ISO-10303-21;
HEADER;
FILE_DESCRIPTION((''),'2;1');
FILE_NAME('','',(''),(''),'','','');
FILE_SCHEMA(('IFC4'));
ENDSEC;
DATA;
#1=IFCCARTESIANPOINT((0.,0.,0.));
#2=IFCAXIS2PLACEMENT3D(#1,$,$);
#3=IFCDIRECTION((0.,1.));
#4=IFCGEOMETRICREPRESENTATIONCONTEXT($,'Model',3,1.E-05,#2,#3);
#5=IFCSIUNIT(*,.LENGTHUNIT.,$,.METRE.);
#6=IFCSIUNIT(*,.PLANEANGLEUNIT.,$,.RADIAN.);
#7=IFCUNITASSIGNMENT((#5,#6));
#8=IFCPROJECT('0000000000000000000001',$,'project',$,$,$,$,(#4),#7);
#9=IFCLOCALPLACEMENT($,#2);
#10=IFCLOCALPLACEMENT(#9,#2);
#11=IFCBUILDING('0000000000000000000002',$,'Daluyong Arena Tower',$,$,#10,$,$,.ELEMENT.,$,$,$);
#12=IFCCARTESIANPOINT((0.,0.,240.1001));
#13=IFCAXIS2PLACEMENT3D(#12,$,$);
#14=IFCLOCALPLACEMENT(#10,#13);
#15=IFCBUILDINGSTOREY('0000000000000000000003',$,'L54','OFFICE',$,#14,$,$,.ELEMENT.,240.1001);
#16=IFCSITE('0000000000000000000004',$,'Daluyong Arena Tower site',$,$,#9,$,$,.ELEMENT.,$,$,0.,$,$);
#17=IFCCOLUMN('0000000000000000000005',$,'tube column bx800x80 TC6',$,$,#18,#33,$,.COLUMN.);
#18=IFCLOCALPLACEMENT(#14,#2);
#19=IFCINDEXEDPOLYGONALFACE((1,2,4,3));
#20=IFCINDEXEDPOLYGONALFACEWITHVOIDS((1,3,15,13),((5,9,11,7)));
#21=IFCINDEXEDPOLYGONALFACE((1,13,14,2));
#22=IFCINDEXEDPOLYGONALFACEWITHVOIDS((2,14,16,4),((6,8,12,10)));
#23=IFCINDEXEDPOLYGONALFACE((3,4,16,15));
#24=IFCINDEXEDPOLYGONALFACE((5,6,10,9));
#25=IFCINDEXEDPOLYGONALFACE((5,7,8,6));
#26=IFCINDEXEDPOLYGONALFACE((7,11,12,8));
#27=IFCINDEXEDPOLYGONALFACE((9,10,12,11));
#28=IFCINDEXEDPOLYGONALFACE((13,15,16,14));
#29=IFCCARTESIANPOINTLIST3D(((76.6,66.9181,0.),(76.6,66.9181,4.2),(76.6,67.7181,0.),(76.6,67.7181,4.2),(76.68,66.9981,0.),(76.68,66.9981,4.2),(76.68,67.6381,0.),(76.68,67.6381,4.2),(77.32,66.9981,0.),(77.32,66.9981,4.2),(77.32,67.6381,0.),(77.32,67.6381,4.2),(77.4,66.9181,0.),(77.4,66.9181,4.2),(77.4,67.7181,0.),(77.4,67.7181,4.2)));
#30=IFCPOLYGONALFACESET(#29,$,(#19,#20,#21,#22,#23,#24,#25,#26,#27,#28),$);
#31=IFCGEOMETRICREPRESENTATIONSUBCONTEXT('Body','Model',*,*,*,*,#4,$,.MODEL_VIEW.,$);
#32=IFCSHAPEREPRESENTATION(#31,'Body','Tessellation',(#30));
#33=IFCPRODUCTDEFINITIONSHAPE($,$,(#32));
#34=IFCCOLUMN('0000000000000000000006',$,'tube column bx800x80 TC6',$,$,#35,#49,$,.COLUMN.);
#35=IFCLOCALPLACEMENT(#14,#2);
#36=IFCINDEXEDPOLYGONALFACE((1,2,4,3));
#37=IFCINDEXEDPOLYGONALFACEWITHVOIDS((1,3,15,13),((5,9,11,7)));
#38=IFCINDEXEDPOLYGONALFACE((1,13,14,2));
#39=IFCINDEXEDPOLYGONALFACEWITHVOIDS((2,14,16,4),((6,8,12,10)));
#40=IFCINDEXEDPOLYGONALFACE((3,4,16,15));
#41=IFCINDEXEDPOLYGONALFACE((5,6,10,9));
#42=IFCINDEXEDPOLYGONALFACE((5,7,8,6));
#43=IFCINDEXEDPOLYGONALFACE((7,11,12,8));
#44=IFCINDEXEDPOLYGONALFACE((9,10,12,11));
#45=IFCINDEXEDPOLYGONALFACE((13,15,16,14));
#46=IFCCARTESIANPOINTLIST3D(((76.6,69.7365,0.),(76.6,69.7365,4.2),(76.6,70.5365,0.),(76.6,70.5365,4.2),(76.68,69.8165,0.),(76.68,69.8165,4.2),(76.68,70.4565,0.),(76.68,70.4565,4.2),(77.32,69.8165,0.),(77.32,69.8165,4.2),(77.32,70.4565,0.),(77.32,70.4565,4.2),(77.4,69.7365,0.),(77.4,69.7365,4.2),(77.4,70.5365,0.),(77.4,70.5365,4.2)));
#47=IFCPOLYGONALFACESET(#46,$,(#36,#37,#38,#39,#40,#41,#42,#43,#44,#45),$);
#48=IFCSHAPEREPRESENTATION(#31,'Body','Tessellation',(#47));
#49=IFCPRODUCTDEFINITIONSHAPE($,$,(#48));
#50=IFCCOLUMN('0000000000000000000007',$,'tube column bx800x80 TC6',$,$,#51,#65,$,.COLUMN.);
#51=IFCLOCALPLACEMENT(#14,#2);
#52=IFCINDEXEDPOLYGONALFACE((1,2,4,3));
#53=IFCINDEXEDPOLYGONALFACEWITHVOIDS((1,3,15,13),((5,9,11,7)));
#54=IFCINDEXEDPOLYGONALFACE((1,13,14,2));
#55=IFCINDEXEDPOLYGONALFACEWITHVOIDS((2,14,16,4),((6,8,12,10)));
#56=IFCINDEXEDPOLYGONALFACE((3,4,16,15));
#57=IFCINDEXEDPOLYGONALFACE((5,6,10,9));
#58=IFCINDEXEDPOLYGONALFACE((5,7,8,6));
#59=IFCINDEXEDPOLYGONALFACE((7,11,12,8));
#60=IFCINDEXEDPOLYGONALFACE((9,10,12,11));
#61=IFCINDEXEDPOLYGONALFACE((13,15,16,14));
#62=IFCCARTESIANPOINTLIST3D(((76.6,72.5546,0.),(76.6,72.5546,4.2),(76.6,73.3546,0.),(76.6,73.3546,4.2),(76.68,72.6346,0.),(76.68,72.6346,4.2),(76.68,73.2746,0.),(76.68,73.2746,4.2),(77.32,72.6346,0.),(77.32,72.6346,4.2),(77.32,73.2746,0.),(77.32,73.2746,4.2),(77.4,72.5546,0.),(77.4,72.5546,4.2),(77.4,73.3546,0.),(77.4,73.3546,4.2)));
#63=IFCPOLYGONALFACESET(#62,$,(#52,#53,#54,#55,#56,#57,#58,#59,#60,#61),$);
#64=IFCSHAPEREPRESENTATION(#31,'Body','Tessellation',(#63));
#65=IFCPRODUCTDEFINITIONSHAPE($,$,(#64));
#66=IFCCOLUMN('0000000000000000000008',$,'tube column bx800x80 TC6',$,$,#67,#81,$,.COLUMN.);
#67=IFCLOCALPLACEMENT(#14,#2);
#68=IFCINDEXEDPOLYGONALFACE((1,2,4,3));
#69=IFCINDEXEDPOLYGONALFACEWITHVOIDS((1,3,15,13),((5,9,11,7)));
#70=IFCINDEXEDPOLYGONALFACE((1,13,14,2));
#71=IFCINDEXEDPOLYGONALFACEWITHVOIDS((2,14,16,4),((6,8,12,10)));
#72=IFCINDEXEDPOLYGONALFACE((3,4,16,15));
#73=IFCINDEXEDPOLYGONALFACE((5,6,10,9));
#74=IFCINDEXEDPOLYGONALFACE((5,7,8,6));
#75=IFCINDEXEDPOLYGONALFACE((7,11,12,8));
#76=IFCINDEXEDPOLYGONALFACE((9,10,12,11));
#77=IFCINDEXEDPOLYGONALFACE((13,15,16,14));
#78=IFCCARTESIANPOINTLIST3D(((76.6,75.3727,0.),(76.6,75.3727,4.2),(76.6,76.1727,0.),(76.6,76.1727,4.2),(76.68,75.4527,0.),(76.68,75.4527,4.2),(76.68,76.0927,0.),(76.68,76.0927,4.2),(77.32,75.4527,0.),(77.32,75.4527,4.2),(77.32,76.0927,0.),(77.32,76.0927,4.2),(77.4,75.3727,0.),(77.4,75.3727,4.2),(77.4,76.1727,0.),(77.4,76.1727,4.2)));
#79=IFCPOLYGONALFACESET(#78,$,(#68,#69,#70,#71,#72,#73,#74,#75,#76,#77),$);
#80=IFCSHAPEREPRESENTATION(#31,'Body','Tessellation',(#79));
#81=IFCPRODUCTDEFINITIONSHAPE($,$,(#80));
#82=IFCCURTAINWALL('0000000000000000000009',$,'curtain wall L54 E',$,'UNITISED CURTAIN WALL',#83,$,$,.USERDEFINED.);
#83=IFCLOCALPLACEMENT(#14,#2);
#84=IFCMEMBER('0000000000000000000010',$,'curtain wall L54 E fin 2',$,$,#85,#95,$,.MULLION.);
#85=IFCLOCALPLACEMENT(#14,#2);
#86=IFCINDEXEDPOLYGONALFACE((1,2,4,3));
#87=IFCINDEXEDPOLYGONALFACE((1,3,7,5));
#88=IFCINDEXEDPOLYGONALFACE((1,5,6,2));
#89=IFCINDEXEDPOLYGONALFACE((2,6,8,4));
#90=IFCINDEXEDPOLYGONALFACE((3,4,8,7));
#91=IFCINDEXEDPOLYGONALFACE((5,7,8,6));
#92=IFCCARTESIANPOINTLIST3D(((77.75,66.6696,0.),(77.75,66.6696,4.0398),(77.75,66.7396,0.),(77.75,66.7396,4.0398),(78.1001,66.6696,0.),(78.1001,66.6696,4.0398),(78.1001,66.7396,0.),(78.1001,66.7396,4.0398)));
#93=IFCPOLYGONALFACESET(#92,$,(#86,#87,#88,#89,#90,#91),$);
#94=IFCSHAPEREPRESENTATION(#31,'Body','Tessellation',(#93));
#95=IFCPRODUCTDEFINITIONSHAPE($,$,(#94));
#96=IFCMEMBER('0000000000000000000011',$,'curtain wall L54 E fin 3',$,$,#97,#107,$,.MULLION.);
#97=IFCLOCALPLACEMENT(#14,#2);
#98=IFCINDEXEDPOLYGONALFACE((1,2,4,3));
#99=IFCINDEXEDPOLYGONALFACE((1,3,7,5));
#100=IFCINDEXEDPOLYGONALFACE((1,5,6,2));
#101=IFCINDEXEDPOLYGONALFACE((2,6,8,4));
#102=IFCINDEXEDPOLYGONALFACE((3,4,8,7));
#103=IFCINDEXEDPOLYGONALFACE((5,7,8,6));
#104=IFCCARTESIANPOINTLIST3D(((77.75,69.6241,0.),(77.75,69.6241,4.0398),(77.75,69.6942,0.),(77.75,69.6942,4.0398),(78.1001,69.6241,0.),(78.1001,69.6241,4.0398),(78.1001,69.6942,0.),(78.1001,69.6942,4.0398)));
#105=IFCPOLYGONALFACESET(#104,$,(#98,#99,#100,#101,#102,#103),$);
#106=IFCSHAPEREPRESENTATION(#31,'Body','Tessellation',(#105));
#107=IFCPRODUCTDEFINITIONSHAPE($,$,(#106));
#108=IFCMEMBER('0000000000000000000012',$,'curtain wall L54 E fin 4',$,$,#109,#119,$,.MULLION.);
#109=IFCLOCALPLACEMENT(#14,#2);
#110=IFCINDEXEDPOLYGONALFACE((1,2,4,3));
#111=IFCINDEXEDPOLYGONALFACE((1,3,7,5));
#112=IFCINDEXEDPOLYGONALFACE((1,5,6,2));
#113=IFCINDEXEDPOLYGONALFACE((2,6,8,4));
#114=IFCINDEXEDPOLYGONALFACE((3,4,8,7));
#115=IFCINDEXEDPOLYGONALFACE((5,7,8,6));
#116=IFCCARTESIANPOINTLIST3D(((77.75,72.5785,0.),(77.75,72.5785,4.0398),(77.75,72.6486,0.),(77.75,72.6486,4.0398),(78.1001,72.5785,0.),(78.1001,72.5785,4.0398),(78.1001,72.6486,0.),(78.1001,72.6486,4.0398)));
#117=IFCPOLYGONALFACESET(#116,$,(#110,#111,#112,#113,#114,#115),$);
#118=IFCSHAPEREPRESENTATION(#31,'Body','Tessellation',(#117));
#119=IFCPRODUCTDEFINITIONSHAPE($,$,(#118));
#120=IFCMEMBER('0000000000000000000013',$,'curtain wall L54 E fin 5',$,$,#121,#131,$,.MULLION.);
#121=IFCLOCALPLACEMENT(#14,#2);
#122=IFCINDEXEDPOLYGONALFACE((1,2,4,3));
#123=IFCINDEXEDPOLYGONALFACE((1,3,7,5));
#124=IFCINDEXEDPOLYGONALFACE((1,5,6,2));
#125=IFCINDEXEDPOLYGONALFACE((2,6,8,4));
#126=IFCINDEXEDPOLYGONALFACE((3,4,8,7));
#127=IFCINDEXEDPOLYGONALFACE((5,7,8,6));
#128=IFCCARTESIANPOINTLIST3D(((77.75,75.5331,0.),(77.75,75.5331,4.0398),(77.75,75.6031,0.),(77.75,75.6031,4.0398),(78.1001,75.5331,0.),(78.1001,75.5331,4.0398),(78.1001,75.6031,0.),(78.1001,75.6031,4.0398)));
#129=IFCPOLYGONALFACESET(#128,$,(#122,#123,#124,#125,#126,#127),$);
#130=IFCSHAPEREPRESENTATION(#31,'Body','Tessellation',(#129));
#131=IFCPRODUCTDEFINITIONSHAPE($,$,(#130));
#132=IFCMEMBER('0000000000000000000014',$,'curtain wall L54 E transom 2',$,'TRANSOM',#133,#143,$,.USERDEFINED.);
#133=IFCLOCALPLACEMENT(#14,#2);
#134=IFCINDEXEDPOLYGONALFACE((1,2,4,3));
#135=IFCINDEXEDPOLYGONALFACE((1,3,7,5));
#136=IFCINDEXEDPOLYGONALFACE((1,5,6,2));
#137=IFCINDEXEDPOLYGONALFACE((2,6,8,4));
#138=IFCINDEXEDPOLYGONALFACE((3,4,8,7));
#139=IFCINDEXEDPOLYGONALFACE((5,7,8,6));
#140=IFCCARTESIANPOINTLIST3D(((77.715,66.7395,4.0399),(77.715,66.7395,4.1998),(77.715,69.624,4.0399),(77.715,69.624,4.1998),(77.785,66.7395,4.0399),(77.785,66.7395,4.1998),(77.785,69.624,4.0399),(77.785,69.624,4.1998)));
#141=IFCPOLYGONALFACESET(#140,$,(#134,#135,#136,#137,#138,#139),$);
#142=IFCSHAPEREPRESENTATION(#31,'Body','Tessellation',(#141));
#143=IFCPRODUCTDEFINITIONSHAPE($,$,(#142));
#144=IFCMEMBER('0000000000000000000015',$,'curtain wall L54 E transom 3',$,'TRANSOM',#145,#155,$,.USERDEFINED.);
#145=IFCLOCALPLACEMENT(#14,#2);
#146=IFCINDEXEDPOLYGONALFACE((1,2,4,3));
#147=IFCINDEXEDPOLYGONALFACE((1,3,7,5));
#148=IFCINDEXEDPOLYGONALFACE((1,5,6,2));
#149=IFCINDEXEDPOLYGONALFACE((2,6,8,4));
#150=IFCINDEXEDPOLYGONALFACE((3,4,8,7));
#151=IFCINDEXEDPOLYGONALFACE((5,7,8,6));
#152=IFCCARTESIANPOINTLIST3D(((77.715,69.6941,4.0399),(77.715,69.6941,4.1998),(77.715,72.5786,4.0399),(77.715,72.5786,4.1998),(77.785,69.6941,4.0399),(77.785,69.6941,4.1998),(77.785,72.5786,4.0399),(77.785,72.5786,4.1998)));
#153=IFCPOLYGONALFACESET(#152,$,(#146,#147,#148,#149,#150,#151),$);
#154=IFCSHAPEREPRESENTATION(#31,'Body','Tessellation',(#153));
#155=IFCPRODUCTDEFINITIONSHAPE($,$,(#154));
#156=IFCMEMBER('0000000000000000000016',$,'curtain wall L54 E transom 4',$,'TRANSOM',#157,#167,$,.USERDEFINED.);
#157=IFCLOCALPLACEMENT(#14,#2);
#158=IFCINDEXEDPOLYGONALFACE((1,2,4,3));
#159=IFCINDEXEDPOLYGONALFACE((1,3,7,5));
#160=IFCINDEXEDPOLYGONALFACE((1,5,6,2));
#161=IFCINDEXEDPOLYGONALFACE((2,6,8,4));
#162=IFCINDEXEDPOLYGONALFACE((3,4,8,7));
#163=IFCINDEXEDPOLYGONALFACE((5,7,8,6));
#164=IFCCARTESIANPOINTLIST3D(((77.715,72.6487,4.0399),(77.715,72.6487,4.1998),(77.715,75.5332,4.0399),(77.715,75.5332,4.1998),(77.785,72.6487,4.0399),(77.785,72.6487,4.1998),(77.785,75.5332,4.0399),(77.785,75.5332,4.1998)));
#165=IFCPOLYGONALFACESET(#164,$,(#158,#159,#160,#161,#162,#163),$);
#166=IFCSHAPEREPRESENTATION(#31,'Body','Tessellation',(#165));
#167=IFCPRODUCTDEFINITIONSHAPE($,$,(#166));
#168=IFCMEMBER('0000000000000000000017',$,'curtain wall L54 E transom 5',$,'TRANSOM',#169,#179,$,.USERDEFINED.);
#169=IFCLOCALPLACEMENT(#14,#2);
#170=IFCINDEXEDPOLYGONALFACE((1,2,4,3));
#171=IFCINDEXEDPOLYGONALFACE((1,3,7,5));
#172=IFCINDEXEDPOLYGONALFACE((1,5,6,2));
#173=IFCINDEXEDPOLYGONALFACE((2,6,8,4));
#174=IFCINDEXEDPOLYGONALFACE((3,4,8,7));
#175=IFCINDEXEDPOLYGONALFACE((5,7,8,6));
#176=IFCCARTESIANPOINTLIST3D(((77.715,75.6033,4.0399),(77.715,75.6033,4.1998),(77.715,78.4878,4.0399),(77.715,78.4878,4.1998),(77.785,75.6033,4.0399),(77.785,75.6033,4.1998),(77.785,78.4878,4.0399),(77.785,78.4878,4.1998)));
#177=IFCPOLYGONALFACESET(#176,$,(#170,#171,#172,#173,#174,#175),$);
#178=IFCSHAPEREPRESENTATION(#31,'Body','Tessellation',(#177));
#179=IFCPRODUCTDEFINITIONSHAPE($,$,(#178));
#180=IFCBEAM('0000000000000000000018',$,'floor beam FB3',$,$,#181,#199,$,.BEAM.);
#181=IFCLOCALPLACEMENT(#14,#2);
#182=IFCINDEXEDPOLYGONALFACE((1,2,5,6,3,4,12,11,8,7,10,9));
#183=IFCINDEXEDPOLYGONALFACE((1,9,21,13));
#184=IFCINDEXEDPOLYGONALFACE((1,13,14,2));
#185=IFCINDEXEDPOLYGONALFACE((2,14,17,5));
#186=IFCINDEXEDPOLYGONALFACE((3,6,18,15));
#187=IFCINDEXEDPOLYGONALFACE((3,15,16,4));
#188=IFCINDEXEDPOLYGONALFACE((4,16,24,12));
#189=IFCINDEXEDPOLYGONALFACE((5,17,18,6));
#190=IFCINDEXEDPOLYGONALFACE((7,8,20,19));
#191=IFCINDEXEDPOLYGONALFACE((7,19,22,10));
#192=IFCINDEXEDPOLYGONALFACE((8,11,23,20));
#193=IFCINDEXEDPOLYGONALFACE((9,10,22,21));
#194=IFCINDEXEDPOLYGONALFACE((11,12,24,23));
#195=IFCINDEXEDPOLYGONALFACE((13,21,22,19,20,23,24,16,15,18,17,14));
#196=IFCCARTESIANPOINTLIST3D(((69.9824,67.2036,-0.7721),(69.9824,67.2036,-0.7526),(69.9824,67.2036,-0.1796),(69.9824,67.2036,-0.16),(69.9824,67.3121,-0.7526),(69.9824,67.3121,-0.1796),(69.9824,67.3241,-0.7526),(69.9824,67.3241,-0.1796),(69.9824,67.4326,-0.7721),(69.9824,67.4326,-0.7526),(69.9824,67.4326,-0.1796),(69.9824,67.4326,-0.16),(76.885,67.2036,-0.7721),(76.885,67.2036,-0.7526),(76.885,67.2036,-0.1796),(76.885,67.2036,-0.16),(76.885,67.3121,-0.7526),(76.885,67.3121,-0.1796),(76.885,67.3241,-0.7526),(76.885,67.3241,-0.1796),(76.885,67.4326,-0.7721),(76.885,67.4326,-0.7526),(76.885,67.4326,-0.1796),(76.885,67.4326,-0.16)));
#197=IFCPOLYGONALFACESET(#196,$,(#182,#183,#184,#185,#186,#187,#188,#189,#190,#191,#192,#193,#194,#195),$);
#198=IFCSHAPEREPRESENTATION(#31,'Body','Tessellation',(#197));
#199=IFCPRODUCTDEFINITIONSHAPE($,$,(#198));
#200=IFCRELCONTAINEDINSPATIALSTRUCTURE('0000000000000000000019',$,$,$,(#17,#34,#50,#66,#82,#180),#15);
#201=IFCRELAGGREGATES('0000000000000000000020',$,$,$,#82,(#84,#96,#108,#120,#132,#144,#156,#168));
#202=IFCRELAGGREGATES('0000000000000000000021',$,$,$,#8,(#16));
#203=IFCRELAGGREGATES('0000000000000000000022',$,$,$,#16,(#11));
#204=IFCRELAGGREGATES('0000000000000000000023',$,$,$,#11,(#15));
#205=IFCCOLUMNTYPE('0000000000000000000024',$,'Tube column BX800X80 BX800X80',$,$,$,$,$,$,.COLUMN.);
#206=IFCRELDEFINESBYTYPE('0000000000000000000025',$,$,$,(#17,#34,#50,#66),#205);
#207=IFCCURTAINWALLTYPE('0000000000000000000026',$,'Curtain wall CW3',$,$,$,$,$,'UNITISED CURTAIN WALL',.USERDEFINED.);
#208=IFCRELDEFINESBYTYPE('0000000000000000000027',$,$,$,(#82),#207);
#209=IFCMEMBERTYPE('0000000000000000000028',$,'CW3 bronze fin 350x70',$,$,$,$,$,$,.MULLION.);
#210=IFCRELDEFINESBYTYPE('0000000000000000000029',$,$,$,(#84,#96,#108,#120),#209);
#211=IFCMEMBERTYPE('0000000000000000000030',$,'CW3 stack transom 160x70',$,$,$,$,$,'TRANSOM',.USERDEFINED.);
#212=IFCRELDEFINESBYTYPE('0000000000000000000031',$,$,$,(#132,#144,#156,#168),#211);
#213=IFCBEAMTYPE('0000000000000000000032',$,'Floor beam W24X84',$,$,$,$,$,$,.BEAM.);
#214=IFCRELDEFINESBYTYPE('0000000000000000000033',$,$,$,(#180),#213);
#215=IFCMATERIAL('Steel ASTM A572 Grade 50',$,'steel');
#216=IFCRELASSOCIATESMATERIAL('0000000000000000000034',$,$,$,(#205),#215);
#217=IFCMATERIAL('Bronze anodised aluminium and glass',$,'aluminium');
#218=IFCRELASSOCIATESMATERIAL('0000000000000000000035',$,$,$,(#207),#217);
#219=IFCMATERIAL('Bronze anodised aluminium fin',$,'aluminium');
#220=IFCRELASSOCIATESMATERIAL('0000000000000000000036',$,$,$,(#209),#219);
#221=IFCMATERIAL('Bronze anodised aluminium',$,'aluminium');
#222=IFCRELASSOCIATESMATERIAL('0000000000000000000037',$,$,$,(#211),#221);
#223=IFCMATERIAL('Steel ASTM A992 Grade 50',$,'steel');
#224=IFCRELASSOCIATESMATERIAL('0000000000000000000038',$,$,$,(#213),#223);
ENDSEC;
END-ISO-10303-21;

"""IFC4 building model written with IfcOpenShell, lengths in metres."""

from ifc_helpers import new_model, si_unit, direction, frame, origin, origin_2d, place, context, subcontext, project, spatial, rectangle, hollow_rectangle, i_section, extrude, material, material_profile, profile_set, type_object, element, aggregate, save


model = new_model("IFC4")

# Units and contexts
model_context = context("Model", 3, precision=1e-05, world=origin(), true_north=direction((0.0, 1.0)))
body_context = subcontext(model_context, "Body", "Model", "MODEL_VIEW")
ifc_project = project(units=[si_unit("LENGTHUNIT", "METRE"), si_unit("PLANEANGLEUNIT", "RADIAN")], contexts=[model_context])

# Site, building, storey
site_placement = place(None, origin())
site = spatial("IfcSite", under=ifc_project, at=site_placement, Name="Daluyong Arena Tower site", CompositionType="ELEMENT", RefElevation=0.0)
building_placement = place(site_placement, origin())
building = spatial("IfcBuilding", under=site, at=building_placement, Name="Daluyong Arena Tower", CompositionType="ELEMENT")
storey_placement = place(building_placement, frame((0.0, 0.0, 240.1001)))
storey = spatial("IfcBuildingStorey", under=building, at=storey_placement, Name="L54", Description="OFFICE", CompositionType="ELEMENT", Elevation=240.1001)

# Columns
ifc_material_1 = material(Name="Steel ASTM A572 Grade 50", Category="steel")
ifc_material_profile_1 = material_profile(ifc_material_1, hollow_rectangle(XDim=0.8, YDim=0.8, WallThickness=0.08, at=origin_2d()))
ifc_profile_set_1 = profile_set([ifc_material_profile_1], Name="Steel ASTM A572 Grade 50")
column_type = type_object("IfcColumnType", Name="Tube column BX800X80 BX800X80", PredefinedType="COLUMN", material=ifc_profile_set_1)
for number, where, z_axis, x_axis, name in (
    (1, (77.0, 67.3181, 0.0), (0.0, 0.0, 1.0), (0.0, 1.0, 0.0), "tube column bx800x80 TC6"),
    (2, (77.0, 70.1365, 0.0), (0.0, 0.0, 1.0), (0.0, 1.0, 0.0), "tube column bx800x80 TC6"),
    (3, (77.0, 72.9546, 0.0), (0.0, 0.0, 1.0), (0.0, 1.0, 0.0), "tube column bx800x80 TC6"),
    (4, (77.0, 75.7727, 0.0), (0.0, 0.0, 1.0), (0.0, 1.0, 0.0), "tube column bx800x80 TC6"),
):
    element("IfcColumn", number, at=place(storey_placement, frame(where, z_axis=z_axis, x_axis=x_axis)), inside=storey, type_object=column_type, Name=name, PredefinedType="COLUMN", context=body_context, shape_type="SweptSolid", body=[
        extrude(hollow_rectangle(XDim=0.8, YDim=0.8, WallThickness=0.08, at=origin_2d()), origin(), (0.0, 0.0, 1.0), 4.2),
    ])

# Curtain wall, members
ifc_material_2 = material(Name="Bronze anodised aluminium and glass", Category="aluminium")
curtain_wall_type = type_object("IfcCurtainWallType", Name="Curtain wall CW3", ElementType="UNITISED CURTAIN WALL", PredefinedType="USERDEFINED", material=ifc_material_2)
curtain_wall_placement = place(storey_placement, origin())
curtain_wall = element("IfcCurtainWall", 5, at=curtain_wall_placement, inside=storey, type_object=curtain_wall_type, Name="curtain wall L54 E", ObjectType="UNITISED CURTAIN WALL", PredefinedType="USERDEFINED")
ifc_material_3 = material(Name="Bronze anodised aluminium fin", Category="aluminium")
ifc_material_profile_2 = material_profile(ifc_material_3, rectangle(XDim=0.3501, YDim=0.0701, at=origin_2d()))
ifc_profile_set_2 = profile_set([ifc_material_profile_2], Name="Bronze anodised aluminium fin")
member_type_1 = type_object("IfcMemberType", Name="CW3 bronze fin 350x70", PredefinedType="MULLION", material=ifc_profile_set_2)
member_1_placement = place(storey_placement, frame((77.925, 66.7046, 0.0), z_axis=(0.0, 0.0, 1.0), x_axis=(-1.0, 0.0, 0.0)))
member_1 = element("IfcMember", 6, at=member_1_placement, type_object=member_type_1, Name="curtain wall L54 E fin 2", PredefinedType="MULLION", context=body_context, shape_type="SweptSolid", body=[
    extrude(rectangle(XDim=0.3501, YDim=0.0701, at=origin_2d()), origin(), (0.0, 0.0, 1.0), 4.0398),
])
member_2_placement = place(storey_placement, frame((77.925, 69.6592, 0.0), z_axis=(0.0, 0.0, 1.0), x_axis=(-1.0, 0.0, 0.0)))
member_2 = element("IfcMember", 7, at=member_2_placement, type_object=member_type_1, Name="curtain wall L54 E fin 3", PredefinedType="MULLION", context=body_context, shape_type="SweptSolid", body=[
    extrude(rectangle(XDim=0.3501, YDim=0.0701, at=origin_2d()), origin(), (0.0, 0.0, 1.0), 4.0398),
])
member_3_placement = place(storey_placement, frame((77.925, 72.6135, 0.0), z_axis=(0.0, 0.0, 1.0), x_axis=(-1.0, 0.0, 0.0)))
member_3 = element("IfcMember", 8, at=member_3_placement, type_object=member_type_1, Name="curtain wall L54 E fin 4", PredefinedType="MULLION", context=body_context, shape_type="SweptSolid", body=[
    extrude(rectangle(XDim=0.3501, YDim=0.0701, at=origin_2d()), origin(), (0.0, 0.0, 1.0), 4.0398),
])
member_4_placement = place(storey_placement, frame((77.925, 75.5681, 0.0), z_axis=(0.0, 0.0, 1.0), x_axis=(-1.0, 0.0, 0.0)))
member_4 = element("IfcMember", 9, at=member_4_placement, type_object=member_type_1, Name="curtain wall L54 E fin 5", PredefinedType="MULLION", context=body_context, shape_type="SweptSolid", body=[
    extrude(rectangle(XDim=0.3501, YDim=0.0701, at=origin_2d()), origin(), (0.0, 0.0, 1.0), 4.0398),
])
ifc_material_4 = material(Name="Bronze anodised aluminium", Category="aluminium")
ifc_material_profile_3 = material_profile(ifc_material_4, rectangle(XDim=0.0701, YDim=0.1599, at=origin_2d()))
ifc_profile_set_3 = profile_set([ifc_material_profile_3], Name="Bronze anodised aluminium")
member_type_2 = type_object("IfcMemberType", Name="CW3 stack transom 160x70", ElementType="TRANSOM", PredefinedType="USERDEFINED", material=ifc_profile_set_3)
member_5_placement = place(storey_placement, frame((77.75, 66.7395, 4.1199), z_axis=(0.0, 1.0, 0.0), x_axis=(-1.0, 0.0, 0.0)))
member_5 = element("IfcMember", 10, at=member_5_placement, type_object=member_type_2, Name="curtain wall L54 E transom 2", ObjectType="TRANSOM", PredefinedType="USERDEFINED", context=body_context, shape_type="SweptSolid", body=[
    extrude(rectangle(XDim=0.0701, YDim=0.1599, at=origin_2d()), origin(), (0.0, 0.0, 1.0), 2.8845),
])
member_6_placement = place(storey_placement, frame((77.75, 69.6941, 4.1199), z_axis=(0.0, 1.0, 0.0), x_axis=(-1.0, 0.0, 0.0)))
member_6 = element("IfcMember", 11, at=member_6_placement, type_object=member_type_2, Name="curtain wall L54 E transom 3", ObjectType="TRANSOM", PredefinedType="USERDEFINED", context=body_context, shape_type="SweptSolid", body=[
    extrude(rectangle(XDim=0.0701, YDim=0.1599, at=origin_2d()), origin(), (0.0, 0.0, 1.0), 2.8845),
])
member_7_placement = place(storey_placement, frame((77.75, 72.6487, 4.1199), z_axis=(0.0, 1.0, 0.0), x_axis=(-1.0, 0.0, 0.0)))
member_7 = element("IfcMember", 12, at=member_7_placement, type_object=member_type_2, Name="curtain wall L54 E transom 4", ObjectType="TRANSOM", PredefinedType="USERDEFINED", context=body_context, shape_type="SweptSolid", body=[
    extrude(rectangle(XDim=0.0701, YDim=0.1599, at=origin_2d()), origin(), (0.0, 0.0, 1.0), 2.8845),
])
member_8_placement = place(storey_placement, frame((77.75, 75.6033, 4.1199), z_axis=(0.0, 1.0, 0.0), x_axis=(-1.0, 0.0, 0.0)))
member_8 = element("IfcMember", 13, at=member_8_placement, type_object=member_type_2, Name="curtain wall L54 E transom 5", ObjectType="TRANSOM", PredefinedType="USERDEFINED", context=body_context, shape_type="SweptSolid", body=[
    extrude(rectangle(XDim=0.0701, YDim=0.1599, at=origin_2d()), origin(), (0.0, 0.0, 1.0), 2.8845),
])

# Beam
ifc_material_5 = material(Name="Steel ASTM A992 Grade 50", Category="steel")
ifc_material_profile_4 = material_profile(ifc_material_5, i_section(OverallWidth=0.229, OverallDepth=0.6121, WebThickness=0.012, FlangeThickness=0.0195, at=origin_2d()))
ifc_profile_set_4 = profile_set([ifc_material_profile_4], Name="Steel ASTM A992 Grade 50")
beam_type_1 = type_object("IfcBeamType", Name="Floor beam W24X84", PredefinedType="BEAM", material=ifc_profile_set_4)
beam_1_placement = place(storey_placement, frame((76.885, 67.3181, -0.4661), z_axis=(-1.0, 0.0, 0.0), x_axis=(0.0, -1.0, 0.0)))
element("IfcBeam", 14, at=beam_1_placement, inside=storey, type_object=beam_type_1, Name="floor beam FB3", PredefinedType="BEAM", context=body_context, shape_type="SweptSolid", body=[
    extrude(i_section(OverallWidth=0.229, OverallDepth=0.6121, WebThickness=0.012, FlangeThickness=0.0195, at=origin_2d()), origin(), (0.0, 0.0, 1.0), 6.9026),
])

aggregate(curtain_wall, [member_1, member_2, member_3, member_4, member_5, member_6, member_7, member_8])

save(model, "model.ifc")
